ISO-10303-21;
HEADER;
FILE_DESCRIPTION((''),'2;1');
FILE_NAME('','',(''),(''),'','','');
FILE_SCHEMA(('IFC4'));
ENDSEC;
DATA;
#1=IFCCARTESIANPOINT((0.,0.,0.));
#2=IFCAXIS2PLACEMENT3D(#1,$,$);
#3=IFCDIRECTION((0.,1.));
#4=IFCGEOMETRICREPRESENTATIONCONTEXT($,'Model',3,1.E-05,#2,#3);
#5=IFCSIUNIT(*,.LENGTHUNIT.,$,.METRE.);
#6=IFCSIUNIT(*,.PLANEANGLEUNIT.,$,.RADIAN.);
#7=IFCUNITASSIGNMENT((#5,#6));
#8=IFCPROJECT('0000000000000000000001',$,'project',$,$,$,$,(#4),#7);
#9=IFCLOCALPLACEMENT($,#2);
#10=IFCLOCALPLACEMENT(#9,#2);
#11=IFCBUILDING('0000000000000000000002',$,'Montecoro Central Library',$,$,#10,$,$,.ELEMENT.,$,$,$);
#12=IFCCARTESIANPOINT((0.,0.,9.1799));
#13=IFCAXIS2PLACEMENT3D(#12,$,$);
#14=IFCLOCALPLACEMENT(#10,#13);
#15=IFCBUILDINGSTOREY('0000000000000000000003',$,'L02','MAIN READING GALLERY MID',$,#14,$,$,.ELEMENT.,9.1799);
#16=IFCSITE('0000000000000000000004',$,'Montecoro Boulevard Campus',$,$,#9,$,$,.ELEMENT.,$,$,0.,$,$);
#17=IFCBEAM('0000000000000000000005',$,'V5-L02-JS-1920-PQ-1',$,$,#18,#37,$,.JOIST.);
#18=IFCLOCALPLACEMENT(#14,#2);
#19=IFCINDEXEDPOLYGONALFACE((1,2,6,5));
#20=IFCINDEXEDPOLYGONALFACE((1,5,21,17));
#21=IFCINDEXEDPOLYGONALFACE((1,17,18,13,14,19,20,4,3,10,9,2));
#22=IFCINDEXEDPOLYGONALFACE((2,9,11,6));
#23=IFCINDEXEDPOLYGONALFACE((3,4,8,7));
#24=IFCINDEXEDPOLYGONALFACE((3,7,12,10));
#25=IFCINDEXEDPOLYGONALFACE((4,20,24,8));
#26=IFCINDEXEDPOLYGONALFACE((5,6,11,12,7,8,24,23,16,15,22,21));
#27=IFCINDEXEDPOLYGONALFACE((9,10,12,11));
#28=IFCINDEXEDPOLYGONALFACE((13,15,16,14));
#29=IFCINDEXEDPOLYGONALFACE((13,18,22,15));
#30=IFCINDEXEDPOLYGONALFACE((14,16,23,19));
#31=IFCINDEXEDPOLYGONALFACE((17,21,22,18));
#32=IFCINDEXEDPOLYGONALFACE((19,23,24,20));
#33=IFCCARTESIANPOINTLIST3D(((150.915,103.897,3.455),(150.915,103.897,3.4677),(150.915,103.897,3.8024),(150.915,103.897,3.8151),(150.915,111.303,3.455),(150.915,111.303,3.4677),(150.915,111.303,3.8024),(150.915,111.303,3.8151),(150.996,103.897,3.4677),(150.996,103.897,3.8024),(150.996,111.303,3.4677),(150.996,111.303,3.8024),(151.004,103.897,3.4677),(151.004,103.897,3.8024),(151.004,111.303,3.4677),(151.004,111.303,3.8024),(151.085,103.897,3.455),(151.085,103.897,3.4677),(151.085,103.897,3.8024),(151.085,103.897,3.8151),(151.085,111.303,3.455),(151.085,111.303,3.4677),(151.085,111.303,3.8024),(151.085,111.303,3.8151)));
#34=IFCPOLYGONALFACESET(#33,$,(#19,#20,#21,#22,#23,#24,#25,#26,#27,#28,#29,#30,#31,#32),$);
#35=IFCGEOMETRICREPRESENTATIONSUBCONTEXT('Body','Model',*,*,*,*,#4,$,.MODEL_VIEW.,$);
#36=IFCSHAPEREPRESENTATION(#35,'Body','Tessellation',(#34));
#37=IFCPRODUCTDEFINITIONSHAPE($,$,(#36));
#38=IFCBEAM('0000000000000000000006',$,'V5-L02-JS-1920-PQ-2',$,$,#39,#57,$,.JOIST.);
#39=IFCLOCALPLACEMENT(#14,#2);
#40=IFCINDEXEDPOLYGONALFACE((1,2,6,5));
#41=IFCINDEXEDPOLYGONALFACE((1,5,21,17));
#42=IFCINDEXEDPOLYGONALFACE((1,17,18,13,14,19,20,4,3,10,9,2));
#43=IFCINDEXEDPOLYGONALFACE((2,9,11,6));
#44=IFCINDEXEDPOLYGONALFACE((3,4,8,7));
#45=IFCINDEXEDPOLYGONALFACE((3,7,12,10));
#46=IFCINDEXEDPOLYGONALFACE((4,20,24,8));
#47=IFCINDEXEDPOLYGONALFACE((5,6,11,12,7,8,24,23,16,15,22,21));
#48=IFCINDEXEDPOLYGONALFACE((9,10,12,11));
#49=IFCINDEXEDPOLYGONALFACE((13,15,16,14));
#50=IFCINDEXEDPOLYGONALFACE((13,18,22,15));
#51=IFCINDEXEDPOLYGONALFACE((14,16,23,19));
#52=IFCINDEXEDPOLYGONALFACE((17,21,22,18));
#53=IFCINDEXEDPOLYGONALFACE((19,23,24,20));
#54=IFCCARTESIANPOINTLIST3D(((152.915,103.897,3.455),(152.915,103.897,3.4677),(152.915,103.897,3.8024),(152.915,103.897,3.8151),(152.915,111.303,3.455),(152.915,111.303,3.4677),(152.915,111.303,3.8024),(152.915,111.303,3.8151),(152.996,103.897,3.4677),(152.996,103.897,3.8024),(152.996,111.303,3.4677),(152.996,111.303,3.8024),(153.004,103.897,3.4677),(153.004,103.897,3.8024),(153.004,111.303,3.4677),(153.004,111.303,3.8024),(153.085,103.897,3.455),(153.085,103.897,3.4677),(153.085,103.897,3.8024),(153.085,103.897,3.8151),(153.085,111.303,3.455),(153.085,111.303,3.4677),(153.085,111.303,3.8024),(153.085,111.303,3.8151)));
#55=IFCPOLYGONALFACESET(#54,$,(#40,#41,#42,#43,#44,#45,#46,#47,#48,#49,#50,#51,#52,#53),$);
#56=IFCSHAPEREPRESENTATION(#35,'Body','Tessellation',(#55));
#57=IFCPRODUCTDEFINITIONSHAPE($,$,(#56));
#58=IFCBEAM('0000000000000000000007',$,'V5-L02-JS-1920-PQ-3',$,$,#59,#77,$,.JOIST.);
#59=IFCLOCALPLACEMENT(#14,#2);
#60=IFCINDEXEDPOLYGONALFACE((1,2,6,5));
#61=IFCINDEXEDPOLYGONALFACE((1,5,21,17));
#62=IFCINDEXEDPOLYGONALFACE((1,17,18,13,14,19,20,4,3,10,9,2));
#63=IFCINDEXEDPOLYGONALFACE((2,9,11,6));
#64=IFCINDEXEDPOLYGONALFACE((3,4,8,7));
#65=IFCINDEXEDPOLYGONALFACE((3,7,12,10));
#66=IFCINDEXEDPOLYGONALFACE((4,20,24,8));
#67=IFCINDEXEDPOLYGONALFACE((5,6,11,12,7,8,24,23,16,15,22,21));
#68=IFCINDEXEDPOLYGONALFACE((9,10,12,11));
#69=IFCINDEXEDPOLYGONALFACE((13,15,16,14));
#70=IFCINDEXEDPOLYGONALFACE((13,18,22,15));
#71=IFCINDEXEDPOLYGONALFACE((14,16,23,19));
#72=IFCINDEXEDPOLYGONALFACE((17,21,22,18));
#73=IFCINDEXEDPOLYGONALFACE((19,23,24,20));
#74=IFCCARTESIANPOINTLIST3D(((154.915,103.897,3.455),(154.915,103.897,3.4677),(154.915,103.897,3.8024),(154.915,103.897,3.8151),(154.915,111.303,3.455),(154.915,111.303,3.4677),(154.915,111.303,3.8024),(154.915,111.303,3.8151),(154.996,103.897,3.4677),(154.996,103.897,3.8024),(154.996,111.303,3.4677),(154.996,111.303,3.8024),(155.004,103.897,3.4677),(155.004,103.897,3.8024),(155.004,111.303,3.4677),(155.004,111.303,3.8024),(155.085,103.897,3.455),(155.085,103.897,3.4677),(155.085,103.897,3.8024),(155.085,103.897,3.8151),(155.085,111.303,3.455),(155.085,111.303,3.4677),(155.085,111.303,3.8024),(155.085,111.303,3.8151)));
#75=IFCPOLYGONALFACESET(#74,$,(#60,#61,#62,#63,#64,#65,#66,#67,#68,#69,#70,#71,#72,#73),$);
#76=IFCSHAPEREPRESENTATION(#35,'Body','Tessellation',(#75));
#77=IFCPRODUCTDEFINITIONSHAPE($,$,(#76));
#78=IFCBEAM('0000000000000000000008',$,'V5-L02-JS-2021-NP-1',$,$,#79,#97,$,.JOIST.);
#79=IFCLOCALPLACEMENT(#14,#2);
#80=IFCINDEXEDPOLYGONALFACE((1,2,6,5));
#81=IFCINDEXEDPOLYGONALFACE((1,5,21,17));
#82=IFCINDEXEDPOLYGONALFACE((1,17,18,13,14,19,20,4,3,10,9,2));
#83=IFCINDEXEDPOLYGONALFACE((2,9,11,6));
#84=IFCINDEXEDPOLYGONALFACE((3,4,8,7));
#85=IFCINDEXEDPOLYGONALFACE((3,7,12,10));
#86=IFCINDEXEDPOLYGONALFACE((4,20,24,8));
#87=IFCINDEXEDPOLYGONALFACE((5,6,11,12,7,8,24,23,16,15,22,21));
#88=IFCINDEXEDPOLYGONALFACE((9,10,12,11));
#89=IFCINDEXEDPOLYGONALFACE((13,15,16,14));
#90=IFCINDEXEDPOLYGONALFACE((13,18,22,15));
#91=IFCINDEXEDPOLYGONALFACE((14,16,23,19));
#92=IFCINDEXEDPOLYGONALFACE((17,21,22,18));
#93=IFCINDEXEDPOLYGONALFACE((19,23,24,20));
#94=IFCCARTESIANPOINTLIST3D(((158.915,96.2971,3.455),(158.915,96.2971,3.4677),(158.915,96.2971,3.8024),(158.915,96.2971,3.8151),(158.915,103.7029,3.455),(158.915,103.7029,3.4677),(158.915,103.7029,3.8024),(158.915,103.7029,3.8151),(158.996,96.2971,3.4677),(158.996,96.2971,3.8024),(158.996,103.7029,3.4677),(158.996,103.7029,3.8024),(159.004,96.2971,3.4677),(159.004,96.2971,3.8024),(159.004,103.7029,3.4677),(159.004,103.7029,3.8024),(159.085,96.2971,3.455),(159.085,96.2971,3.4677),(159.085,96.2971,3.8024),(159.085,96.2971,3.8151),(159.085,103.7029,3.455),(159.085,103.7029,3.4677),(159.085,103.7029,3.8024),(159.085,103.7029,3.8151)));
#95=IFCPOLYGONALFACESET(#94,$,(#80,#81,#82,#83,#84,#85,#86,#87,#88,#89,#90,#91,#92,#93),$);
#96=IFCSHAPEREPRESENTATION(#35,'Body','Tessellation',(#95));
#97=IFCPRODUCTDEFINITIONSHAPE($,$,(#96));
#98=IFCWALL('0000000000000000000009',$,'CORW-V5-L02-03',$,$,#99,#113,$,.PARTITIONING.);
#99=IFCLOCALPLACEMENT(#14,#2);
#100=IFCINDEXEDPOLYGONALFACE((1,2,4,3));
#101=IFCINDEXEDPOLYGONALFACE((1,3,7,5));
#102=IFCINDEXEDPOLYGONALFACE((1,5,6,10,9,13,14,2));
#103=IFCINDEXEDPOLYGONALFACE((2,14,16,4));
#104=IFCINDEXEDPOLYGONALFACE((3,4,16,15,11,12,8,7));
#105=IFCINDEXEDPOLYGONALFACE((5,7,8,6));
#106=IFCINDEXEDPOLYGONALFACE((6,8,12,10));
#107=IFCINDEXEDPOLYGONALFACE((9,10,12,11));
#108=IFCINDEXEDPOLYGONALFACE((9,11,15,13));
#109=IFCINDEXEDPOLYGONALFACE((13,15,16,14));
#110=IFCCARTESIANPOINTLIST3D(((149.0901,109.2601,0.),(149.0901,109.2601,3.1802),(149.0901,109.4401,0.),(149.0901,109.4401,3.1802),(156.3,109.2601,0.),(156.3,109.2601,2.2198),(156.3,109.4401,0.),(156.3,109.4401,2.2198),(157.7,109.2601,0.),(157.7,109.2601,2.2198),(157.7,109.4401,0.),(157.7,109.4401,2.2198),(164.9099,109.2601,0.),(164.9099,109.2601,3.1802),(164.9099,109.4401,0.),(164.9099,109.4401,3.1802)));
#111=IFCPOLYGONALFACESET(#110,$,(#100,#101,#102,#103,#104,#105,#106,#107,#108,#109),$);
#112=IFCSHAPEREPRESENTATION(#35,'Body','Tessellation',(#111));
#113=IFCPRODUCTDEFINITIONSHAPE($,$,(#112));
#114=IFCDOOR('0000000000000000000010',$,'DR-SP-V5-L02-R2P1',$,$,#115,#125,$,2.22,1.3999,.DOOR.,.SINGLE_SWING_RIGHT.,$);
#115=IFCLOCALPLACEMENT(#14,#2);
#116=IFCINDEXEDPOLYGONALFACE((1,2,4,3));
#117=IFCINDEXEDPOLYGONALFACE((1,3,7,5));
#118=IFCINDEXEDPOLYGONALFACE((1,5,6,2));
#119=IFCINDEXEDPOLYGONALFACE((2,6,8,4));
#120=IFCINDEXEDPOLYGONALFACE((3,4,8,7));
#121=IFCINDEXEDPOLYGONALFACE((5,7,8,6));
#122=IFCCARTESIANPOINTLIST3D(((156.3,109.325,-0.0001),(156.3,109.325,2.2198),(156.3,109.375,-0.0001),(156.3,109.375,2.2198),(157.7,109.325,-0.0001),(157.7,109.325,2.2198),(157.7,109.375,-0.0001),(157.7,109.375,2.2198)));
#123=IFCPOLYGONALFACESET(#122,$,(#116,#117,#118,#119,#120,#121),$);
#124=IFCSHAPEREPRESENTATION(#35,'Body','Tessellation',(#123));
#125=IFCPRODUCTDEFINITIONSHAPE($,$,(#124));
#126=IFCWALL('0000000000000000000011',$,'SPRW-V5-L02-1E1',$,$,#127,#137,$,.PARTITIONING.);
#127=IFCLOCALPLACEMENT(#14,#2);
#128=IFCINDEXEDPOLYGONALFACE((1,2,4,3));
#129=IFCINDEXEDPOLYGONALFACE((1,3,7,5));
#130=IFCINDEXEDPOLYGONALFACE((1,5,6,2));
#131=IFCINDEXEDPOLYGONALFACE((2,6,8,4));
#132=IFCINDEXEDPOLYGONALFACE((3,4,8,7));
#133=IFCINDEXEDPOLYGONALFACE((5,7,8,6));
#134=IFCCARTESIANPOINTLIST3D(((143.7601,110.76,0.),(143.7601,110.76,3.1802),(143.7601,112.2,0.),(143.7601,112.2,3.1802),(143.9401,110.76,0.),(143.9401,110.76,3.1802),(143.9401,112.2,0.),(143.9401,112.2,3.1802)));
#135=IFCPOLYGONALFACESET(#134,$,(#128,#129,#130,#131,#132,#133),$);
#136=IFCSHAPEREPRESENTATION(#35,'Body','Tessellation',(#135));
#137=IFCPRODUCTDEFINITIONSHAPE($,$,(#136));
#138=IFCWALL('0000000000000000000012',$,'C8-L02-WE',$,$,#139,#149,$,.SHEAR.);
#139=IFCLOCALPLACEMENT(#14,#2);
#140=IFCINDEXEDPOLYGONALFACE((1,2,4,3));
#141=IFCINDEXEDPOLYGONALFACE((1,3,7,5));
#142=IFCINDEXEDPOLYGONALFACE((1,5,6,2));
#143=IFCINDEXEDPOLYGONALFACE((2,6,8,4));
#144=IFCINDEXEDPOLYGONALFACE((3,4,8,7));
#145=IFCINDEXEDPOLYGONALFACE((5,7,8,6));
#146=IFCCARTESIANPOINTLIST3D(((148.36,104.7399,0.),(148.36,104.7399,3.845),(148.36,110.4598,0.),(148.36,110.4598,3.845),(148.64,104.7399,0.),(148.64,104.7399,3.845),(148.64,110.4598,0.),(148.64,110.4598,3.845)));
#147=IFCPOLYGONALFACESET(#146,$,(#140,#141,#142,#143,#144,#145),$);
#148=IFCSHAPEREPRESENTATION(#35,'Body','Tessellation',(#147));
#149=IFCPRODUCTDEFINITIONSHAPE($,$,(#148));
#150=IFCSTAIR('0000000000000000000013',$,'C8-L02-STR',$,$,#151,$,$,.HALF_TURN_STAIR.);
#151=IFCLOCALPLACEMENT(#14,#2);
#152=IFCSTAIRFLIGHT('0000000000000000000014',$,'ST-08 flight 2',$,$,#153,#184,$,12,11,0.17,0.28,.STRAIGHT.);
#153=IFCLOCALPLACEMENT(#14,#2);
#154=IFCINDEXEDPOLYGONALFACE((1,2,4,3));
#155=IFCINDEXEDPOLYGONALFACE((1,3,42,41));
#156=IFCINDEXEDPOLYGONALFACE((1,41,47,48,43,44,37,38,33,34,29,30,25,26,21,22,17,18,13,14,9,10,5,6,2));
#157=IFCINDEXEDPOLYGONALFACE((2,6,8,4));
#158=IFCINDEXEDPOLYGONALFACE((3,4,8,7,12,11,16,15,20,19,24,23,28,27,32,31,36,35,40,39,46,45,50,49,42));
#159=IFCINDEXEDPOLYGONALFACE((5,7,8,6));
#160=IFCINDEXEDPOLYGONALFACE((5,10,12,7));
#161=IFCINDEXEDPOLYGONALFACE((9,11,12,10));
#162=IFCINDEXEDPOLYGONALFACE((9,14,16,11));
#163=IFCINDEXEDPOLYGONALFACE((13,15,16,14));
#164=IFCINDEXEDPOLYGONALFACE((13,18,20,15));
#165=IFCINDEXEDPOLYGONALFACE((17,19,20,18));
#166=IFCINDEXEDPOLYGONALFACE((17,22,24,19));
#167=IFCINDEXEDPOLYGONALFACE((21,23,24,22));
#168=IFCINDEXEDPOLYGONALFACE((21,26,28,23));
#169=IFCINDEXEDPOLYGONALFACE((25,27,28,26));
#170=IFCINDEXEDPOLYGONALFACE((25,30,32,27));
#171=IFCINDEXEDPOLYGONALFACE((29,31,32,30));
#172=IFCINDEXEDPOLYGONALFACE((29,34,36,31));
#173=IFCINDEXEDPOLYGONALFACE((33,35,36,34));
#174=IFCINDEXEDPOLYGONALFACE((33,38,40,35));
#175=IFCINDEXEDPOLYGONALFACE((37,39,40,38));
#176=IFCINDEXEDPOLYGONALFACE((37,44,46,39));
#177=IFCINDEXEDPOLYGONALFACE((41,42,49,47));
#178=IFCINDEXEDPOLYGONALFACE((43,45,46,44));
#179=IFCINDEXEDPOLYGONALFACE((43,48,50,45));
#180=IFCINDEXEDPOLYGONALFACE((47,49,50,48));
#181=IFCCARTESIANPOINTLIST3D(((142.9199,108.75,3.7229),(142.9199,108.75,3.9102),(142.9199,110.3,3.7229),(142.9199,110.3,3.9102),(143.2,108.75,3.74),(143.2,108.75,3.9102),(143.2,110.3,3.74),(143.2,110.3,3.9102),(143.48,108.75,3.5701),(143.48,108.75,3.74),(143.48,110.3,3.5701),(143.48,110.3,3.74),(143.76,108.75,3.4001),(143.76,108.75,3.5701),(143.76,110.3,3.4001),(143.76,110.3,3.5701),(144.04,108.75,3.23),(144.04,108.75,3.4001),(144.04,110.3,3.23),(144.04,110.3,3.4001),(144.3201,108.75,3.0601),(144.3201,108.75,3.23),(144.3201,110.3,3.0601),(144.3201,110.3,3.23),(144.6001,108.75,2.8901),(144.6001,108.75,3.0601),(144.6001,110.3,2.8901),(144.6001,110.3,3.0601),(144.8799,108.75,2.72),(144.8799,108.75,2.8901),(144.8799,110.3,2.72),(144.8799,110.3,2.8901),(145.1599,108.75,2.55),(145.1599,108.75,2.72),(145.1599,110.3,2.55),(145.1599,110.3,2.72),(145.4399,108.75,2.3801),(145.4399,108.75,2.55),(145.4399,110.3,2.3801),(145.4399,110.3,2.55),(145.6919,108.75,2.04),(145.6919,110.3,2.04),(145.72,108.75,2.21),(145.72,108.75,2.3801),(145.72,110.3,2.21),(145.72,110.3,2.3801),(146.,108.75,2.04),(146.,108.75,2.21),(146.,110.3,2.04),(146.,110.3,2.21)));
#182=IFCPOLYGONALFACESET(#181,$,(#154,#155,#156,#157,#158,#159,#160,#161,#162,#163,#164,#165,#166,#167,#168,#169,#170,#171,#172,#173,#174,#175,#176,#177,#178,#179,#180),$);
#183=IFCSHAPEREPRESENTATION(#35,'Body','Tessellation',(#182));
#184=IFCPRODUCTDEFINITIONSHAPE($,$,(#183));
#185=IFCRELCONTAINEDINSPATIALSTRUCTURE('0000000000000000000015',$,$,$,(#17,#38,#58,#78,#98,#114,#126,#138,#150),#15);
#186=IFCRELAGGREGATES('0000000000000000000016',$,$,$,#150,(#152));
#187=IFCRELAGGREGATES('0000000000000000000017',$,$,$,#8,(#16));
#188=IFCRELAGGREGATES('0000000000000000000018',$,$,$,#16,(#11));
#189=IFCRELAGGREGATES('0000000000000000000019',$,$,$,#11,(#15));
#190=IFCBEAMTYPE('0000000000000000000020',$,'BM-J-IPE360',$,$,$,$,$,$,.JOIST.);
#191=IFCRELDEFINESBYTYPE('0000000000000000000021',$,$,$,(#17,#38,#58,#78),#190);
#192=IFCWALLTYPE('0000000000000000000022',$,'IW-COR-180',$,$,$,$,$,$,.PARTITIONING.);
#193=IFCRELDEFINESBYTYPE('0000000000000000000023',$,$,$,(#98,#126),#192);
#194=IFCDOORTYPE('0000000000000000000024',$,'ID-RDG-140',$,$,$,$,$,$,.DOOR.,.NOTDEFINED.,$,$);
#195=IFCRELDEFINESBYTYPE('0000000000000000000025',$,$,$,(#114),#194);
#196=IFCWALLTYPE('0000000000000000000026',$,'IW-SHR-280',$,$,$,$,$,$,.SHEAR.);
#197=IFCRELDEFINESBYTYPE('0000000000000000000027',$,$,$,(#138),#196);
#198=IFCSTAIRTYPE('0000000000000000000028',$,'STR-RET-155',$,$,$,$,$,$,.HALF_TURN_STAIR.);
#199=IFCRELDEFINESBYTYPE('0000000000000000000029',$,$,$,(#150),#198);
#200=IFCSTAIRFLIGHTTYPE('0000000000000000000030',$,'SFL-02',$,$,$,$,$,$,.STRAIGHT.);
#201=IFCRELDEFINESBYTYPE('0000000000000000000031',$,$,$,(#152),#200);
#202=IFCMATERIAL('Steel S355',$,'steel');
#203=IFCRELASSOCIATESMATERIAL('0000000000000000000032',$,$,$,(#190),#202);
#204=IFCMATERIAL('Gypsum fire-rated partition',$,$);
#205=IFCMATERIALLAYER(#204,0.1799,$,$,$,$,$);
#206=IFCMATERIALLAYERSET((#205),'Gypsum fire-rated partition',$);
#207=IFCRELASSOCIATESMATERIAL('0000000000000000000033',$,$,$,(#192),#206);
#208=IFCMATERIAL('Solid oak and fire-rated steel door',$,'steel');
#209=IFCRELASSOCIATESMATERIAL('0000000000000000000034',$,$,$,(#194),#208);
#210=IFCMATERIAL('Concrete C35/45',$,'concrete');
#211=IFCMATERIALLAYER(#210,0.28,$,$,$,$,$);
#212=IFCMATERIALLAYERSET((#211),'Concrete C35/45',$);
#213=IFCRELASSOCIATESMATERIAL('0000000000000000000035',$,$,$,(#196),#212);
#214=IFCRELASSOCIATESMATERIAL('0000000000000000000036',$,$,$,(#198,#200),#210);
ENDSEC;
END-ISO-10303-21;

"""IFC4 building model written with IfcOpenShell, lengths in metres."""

from ifc_helpers import new_model, si_unit, direction, frame, frame_2d, origin, origin_2d, place, context, subcontext, project, spatial, polyline, rectangle, i_section, outline, extrude, material, layer, layer_set, material_profile, profile_set, type_object, element, fill, aggregate, save


model = new_model("IFC4")

# Units and contexts
model_context = context("Model", 3, precision=1e-05, world=origin(), true_north=direction((0.0, 1.0)))
body_context = subcontext(model_context, "Body", "Model", "MODEL_VIEW")
ifc_project = project(units=[si_unit("LENGTHUNIT", "METRE"), si_unit("PLANEANGLEUNIT", "RADIAN")], contexts=[model_context])

# Site, building, storey
site_placement = place(None, origin())
site = spatial("IfcSite", under=ifc_project, at=site_placement, Name="Montecoro Boulevard Campus", CompositionType="ELEMENT", RefElevation=0.0)
building_placement = place(site_placement, origin())
building = spatial("IfcBuilding", under=site, at=building_placement, Name="Montecoro Central Library", CompositionType="ELEMENT")
storey_placement = place(building_placement, frame((0.0, 0.0, 9.1799)))
storey = spatial("IfcBuildingStorey", under=building, at=storey_placement, Name="L02", Description="MAIN READING GALLERY MID", CompositionType="ELEMENT", Elevation=9.1799)

# Beams
ifc_material_1 = material(Name="Steel S355", Category="steel")
ifc_material_profile_1 = material_profile(ifc_material_1, i_section(OverallWidth=0.1699, OverallDepth=0.3601, WebThickness=0.0081, FlangeThickness=0.0127, at=origin_2d()), Name="IPE 360")
ifc_profile_set_1 = profile_set([ifc_material_profile_1], Name="Steel S355")
beam_type_1 = type_object("IfcBeamType", Name="BM-J-IPE360", PredefinedType="JOIST", material=ifc_profile_set_1)
for number, where, z_axis, x_axis, name in (
    (1, (151.0, 103.897, 3.635), (0.0, 1.0, 0.0), (-1.0, 0.0, 0.0), "V5-L02-JS-1920-PQ-1"),
    (2, (153.0, 103.897, 3.635), (0.0, 1.0, 0.0), (-1.0, 0.0, 0.0), "V5-L02-JS-1920-PQ-2"),
    (3, (155.0, 103.897, 3.635), (0.0, 1.0, 0.0), (-1.0, 0.0, 0.0), "V5-L02-JS-1920-PQ-3"),
):
    element("IfcBeam", number, at=place(storey_placement, frame(where, z_axis=z_axis, x_axis=x_axis)), inside=storey, type_object=beam_type_1, Name=name, PredefinedType="JOIST", context=body_context, shape_type="SweptSolid", body=[
        extrude(i_section(OverallWidth=0.1699, OverallDepth=0.3601, WebThickness=0.0081, FlangeThickness=0.0127, at=origin_2d()), origin(), (0.0, 0.0, 1.0), 7.406),
    ])
beam_1_placement = place(storey_placement, frame((159.0, 96.2971, 3.635), z_axis=(0.0, 1.0, 0.0), x_axis=(-1.0, 0.0, 0.0)))
element("IfcBeam", 4, at=beam_1_placement, inside=storey, type_object=beam_type_1, Name="V5-L02-JS-2021-NP-1", PredefinedType="JOIST", context=body_context, shape_type="SweptSolid", body=[
    extrude(i_section(OverallWidth=0.1699, OverallDepth=0.3601, WebThickness=0.0081, FlangeThickness=0.0127, at=origin_2d()), origin(), (0.0, 0.0, 1.0), 7.4058),
])

# Wall, opening, door
ifc_material_2 = material(Name="Gypsum fire-rated partition")
ifc_layer_1 = layer(ifc_material_2, 0.1799)
ifc_layer_set_1 = layer_set([ifc_layer_1], Name="Gypsum fire-rated partition")
wall_type_1 = type_object("IfcWallType", Name="IW-COR-180", PredefinedType="PARTITIONING", material=ifc_layer_set_1)
wall_1_placement = place(storey_placement, frame((149.0901, 109.3501, 0.0), z_axis=(0.0, 0.0, 1.0), x_axis=(1.0, 0.0, 0.0)))
wall_1 = element("IfcWall", 5, at=wall_1_placement, inside=storey, type_object=wall_type_1, Name="CORW-V5-L02-03", PredefinedType="PARTITIONING", context=body_context, shape_type="SweptSolid", body=[
    extrude(rectangle(XDim=15.8198, YDim=0.1799, at=frame_2d((7.9099, 0.0))), origin(), (0.0, 0.0, 1.0), 3.1802),
])
opening_placement = place(wall_1_placement, frame((7.21, 0.0, 0.0)))
opening = element("IfcOpeningElement", 6, at=opening_placement, cuts=wall_1, PredefinedType="OPENING", context=body_context, shape_type="SweptSolid", body=[
    extrude(rectangle(XDim=1.3999, YDim=2.22, at=frame_2d((0.7, 1.1099))), frame((0.0, 0.0999, 0.0), z_axis=(0.0, -1.0, 0.0), x_axis=(1.0, 0.0, 0.0)), (0.0, 0.0, 1.0), 0.2),
])
ifc_material_3 = material(Name="Solid oak and fire-rated steel door", Category="steel")
door_type = type_object("IfcDoorType", Name="ID-RDG-140", OperationType="NOTDEFINED", PredefinedType="DOOR", material=ifc_material_3)
door_placement = place(opening_placement, origin())
door = element("IfcDoor", 7, at=door_placement, inside=storey, type_object=door_type, Name="DR-SP-V5-L02-R2P1", OperationType="SINGLE_SWING_RIGHT", OverallHeight=2.22, OverallWidth=1.3999, PredefinedType="DOOR", context=body_context, shape_type="SweptSolid", body=[
    extrude(rectangle(XDim=1.3999, YDim=2.22, at=frame_2d((0.7, 1.1099))), frame((0.0, 0.0249, 0.0), z_axis=(0.0, -1.0, 0.0), x_axis=(1.0, 0.0, 0.0)), (0.0, 0.0, 1.0), 0.05),
])
fill(opening, door)

# Walls
wall_2_placement = place(storey_placement, frame((143.8501, 110.76, 0.0), z_axis=(0.0, 0.0, 1.0), x_axis=(0.0, 1.0, 0.0)))
element("IfcWall", 8, at=wall_2_placement, inside=storey, type_object=wall_type_1, Name="SPRW-V5-L02-1E1", PredefinedType="PARTITIONING", context=body_context, shape_type="SweptSolid", body=[
    extrude(rectangle(XDim=1.4399, YDim=0.1799, at=frame_2d((0.72, 0.0))), origin(), (0.0, 0.0, 1.0), 3.1802),
])
ifc_material_4 = material(Name="Concrete C35/45", Category="concrete")
ifc_layer_2 = layer(ifc_material_4, 0.28)
ifc_layer_set_2 = layer_set([ifc_layer_2], Name="Concrete C35/45")
wall_type_2 = type_object("IfcWallType", Name="IW-SHR-280", PredefinedType="SHEAR", material=ifc_layer_set_2)
wall_3_placement = place(storey_placement, frame((148.5, 104.74, 0.0), z_axis=(0.0, 0.0, 1.0), x_axis=(0.0, 1.0, 0.0)))
element("IfcWall", 9, at=wall_3_placement, inside=storey, type_object=wall_type_2, Name="C8-L02-WE", PredefinedType="SHEAR", context=body_context, shape_type="SweptSolid", body=[
    extrude(rectangle(XDim=5.72, YDim=0.28, at=frame_2d((2.8599, 0.0))), origin(), (0.0, 0.0, 1.0), 3.845),
])

# Stair, stair flight
stair_type = type_object("IfcStairType", Name="STR-RET-155", PredefinedType="HALF_TURN_STAIR", material=ifc_material_4)
stair_placement = place(storey_placement, origin())
stair = element("IfcStair", 10, at=stair_placement, inside=storey, type_object=stair_type, Name="C8-L02-STR", PredefinedType="HALF_TURN_STAIR")
stair_flight_type = type_object("IfcStairFlightType", Name="SFL-02", PredefinedType="STRAIGHT", material=ifc_material_4)
stair_flight_placement = place(storey_placement, frame((146.0, 109.5249, 2.04), z_axis=(0.0, 0.0, 1.0), x_axis=(-1.0, 0.0, 0.0)))
stair_flight = element("IfcStairFlight", 11, at=stair_flight_placement, type_object=stair_flight_type, Name="ST-08 flight 2", NumberOfRisers=12, NumberOfTreads=11, PredefinedType="STRAIGHT", RiserHeight=0.17, TreadLength=0.28, context=body_context, shape_type="SweptSolid", body=[
    extrude(outline(polyline([(0.0, 0.0), (0.0, 0.1699), (0.28, 0.1699), (0.28, 0.3401), (0.5601, 0.3401), (0.5601, 0.51), (0.8401, 0.51), (0.8401, 0.6799), (1.1201, 0.6799), (1.1201, 0.8501), (1.3999, 0.8501), (1.3999, 1.02), (1.6799, 1.02), (1.6799, 1.1899), (1.96, 1.1899), (1.96, 1.3601), (2.24, 1.3601), (2.24, 1.53), (2.52, 1.53), (2.52, 1.7), (2.8, 1.7), (2.8, 1.8701), (3.0801, 1.8701), (3.0801, 2.04), (3.0801, 1.6829), (0.3081, 0.0), (0.0, 0.0)])), frame((0.0, 0.7749, 0.0), z_axis=(0.0, -1.0, 0.0), x_axis=(1.0, 0.0, 0.0)), (0.0, 0.0, 1.0), 1.55),
])
aggregate(stair, [stair_flight])

save(model, "model.ifc")
